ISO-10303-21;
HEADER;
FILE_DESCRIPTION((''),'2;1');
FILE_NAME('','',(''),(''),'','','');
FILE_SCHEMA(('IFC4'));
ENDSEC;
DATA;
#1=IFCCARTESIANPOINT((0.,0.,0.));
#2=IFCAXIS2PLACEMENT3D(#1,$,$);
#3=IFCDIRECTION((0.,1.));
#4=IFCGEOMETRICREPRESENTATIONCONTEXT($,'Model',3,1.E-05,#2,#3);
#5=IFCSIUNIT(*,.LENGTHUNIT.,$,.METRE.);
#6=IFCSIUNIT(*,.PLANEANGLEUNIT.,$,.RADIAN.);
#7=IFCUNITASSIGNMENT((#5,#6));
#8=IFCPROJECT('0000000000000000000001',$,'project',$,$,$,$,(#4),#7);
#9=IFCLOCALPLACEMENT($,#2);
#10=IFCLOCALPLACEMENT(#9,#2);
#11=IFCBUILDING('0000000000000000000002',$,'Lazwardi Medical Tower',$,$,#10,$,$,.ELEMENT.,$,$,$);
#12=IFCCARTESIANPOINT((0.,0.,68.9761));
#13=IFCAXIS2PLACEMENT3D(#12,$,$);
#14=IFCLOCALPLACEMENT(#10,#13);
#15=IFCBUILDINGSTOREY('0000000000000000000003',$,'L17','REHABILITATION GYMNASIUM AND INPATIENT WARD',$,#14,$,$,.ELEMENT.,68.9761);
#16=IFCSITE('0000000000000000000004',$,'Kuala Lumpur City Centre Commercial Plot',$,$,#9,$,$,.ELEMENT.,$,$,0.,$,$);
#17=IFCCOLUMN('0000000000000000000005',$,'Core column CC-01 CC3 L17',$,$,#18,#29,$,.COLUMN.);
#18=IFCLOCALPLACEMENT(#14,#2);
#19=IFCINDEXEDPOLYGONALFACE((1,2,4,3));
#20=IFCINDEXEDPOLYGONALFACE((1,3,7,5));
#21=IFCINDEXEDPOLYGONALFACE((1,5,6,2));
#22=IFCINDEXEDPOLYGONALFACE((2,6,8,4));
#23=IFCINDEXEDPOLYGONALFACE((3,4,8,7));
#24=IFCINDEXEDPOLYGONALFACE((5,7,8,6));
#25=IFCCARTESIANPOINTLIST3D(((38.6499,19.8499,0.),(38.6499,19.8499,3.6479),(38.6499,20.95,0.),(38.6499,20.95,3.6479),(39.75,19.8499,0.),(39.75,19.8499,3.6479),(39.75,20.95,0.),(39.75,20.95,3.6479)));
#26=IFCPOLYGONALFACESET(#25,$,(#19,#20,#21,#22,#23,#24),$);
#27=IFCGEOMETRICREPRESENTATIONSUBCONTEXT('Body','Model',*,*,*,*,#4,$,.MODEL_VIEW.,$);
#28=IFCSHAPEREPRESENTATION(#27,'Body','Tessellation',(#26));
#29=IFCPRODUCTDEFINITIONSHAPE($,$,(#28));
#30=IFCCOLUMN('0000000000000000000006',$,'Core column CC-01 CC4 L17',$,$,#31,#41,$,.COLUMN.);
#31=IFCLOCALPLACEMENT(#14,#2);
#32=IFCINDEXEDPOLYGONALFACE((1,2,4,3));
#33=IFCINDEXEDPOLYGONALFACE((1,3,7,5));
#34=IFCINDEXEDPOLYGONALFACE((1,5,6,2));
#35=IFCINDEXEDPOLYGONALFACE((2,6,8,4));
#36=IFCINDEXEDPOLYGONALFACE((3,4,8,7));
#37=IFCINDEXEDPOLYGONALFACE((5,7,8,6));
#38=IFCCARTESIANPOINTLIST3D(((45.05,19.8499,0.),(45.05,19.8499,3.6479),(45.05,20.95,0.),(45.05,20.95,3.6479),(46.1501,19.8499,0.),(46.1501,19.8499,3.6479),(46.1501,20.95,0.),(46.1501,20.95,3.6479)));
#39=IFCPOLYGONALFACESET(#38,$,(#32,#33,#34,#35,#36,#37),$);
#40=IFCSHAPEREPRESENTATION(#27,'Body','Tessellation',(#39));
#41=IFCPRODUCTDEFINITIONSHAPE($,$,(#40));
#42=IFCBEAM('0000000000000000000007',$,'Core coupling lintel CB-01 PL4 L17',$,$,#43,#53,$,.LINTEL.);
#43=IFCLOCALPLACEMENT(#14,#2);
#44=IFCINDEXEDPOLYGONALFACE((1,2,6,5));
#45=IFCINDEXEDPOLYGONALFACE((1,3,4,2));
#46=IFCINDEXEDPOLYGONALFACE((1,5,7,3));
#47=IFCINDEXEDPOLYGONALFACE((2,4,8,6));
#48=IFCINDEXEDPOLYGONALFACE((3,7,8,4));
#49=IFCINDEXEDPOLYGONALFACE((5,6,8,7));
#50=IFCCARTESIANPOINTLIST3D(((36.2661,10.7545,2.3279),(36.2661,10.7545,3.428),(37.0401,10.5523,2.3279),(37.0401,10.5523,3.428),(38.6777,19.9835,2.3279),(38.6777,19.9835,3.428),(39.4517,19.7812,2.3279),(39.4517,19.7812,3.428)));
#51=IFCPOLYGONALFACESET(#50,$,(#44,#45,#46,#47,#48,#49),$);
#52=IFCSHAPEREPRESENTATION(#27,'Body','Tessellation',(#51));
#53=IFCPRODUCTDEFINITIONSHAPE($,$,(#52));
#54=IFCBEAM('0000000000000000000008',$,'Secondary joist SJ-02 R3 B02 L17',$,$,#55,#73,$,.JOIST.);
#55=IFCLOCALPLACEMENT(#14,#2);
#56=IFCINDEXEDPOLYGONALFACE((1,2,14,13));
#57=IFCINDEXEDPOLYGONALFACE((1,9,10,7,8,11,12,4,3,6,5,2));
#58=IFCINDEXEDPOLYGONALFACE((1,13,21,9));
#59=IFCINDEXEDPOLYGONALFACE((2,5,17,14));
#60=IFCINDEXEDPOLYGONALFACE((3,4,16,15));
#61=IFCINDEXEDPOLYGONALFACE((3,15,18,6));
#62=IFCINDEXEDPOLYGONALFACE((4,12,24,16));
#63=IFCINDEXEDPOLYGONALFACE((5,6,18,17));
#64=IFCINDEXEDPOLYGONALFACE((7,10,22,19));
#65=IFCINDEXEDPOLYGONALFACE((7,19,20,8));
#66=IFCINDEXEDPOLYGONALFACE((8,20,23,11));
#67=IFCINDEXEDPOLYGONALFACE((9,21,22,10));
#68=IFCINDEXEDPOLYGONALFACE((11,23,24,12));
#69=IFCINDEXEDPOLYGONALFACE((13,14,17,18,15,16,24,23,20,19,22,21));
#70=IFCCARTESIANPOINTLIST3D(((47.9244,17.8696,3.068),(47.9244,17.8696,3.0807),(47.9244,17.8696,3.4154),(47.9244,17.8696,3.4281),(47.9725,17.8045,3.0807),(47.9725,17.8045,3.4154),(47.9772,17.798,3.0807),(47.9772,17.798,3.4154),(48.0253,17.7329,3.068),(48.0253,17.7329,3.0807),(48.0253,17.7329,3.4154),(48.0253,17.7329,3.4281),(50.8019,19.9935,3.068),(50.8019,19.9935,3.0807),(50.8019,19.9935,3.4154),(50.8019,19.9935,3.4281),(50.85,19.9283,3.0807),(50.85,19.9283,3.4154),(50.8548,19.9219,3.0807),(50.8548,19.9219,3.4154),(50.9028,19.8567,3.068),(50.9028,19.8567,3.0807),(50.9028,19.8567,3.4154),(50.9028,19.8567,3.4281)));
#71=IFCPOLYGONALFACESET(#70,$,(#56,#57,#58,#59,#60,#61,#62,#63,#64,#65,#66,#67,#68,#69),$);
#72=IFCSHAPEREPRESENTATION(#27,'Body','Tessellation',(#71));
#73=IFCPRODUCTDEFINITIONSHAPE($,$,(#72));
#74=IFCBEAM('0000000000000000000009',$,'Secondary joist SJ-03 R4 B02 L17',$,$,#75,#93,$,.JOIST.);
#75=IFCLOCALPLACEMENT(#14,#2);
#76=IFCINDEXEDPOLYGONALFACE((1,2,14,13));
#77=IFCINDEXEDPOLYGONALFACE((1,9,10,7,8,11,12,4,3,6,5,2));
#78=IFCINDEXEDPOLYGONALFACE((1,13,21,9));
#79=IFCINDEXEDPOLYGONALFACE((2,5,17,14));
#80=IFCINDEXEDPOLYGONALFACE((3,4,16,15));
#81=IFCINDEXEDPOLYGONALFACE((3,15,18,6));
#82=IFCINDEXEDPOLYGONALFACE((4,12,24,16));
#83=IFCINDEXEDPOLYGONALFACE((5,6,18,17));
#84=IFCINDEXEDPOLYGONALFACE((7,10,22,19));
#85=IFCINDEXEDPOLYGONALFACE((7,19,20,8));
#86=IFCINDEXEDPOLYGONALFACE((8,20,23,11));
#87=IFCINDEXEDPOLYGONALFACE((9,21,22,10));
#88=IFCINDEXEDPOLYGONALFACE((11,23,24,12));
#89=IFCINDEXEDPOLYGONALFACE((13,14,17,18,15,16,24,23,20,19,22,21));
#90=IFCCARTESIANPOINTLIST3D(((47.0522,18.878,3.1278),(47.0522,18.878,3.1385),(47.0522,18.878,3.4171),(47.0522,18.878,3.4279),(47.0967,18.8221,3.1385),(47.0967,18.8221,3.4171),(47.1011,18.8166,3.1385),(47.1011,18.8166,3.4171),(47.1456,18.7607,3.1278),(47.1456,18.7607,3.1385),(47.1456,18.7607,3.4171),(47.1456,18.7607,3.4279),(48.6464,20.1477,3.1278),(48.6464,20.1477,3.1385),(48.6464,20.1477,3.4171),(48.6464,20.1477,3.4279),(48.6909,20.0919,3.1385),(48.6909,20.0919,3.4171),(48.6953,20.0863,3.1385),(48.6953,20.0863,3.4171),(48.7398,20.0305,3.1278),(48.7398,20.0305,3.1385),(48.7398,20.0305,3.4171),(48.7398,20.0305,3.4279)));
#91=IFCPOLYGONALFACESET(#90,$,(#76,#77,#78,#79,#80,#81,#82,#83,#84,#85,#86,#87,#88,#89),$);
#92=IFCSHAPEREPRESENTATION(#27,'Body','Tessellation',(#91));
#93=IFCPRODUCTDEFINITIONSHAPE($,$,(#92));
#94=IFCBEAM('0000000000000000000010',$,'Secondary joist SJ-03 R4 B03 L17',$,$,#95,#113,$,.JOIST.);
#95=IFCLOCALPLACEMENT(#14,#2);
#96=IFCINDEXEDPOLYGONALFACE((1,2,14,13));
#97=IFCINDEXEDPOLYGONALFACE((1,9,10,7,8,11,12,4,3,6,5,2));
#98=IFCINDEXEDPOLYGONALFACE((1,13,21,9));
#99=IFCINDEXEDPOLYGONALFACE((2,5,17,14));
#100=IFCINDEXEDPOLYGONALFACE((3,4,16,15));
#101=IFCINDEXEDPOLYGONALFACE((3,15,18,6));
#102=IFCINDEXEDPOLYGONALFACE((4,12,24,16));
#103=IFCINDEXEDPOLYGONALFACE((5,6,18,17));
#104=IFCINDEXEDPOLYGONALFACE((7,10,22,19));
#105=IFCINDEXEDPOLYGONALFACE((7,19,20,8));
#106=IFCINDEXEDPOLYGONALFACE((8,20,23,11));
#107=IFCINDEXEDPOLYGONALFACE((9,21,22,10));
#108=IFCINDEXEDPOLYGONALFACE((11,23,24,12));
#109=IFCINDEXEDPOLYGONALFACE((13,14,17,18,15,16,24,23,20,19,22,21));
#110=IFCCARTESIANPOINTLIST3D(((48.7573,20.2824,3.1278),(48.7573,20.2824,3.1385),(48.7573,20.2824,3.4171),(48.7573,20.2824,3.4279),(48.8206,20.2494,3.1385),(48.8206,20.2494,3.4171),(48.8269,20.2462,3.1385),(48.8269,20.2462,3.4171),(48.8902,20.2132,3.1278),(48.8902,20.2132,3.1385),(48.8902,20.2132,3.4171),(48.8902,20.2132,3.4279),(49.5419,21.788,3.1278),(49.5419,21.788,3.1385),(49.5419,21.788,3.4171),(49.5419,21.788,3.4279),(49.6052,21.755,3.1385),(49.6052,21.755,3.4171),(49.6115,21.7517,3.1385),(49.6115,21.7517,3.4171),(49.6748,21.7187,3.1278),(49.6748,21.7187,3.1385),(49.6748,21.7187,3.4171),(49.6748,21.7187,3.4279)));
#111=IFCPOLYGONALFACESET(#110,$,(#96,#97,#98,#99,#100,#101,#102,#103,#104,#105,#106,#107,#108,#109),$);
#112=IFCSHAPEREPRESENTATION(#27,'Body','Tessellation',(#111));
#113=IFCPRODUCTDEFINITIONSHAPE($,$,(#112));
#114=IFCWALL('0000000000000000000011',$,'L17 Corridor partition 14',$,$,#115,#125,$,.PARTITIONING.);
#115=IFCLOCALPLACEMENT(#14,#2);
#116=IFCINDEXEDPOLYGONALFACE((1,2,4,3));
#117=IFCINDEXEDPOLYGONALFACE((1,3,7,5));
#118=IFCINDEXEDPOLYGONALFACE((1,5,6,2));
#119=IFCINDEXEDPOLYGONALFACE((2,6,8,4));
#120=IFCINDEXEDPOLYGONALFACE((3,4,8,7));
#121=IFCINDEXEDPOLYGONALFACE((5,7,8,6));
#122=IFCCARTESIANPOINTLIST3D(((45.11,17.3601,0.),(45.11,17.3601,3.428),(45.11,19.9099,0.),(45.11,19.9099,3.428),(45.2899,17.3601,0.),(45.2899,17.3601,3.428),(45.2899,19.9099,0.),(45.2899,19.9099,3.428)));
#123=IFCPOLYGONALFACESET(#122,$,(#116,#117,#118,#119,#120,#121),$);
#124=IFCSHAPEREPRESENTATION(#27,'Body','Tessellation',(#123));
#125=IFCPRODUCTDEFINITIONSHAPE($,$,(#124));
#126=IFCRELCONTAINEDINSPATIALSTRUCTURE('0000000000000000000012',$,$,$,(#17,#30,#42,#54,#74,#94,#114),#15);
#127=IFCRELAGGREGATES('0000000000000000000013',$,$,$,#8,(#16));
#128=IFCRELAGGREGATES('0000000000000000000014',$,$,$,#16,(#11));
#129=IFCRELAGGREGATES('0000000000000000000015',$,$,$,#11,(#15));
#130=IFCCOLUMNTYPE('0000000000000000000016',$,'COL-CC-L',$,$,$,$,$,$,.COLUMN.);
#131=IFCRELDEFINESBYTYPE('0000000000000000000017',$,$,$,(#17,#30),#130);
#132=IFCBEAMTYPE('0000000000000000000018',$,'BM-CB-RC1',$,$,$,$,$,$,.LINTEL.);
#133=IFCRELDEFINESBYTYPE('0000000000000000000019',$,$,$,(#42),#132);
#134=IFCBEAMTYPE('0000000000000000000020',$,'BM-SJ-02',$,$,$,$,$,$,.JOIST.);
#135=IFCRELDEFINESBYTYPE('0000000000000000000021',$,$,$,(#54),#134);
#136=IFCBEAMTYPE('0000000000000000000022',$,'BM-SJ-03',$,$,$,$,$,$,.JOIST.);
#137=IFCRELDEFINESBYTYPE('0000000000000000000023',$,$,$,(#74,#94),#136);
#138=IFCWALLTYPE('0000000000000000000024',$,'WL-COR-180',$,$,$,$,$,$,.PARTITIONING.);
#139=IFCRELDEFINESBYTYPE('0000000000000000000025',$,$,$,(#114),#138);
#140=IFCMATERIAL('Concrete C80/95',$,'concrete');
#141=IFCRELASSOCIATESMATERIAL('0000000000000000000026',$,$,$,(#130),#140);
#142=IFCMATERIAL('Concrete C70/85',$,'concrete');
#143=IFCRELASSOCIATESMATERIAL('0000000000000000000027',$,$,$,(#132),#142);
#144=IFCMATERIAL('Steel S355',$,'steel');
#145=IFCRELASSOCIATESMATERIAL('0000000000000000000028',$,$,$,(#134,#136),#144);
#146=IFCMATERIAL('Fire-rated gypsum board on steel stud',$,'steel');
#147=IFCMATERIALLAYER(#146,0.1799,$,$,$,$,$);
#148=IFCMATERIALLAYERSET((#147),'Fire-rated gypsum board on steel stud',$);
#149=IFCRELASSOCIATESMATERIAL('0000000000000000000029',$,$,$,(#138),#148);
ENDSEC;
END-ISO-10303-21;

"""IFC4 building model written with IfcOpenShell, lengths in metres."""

from ifc_helpers import new_model, si_unit, direction, frame, frame_2d, origin, origin_2d, place, context, subcontext, project, spatial, rectangle, i_section, extrude, material, layer, layer_set, material_profile, profile_set, type_object, element, save


model = new_model("IFC4")

# Units and contexts
model_context = context("Model", 3, precision=1e-05, world=origin(), true_north=direction((0.0, 1.0)))
body_context = subcontext(model_context, "Body", "Model", "MODEL_VIEW")
ifc_project = project(units=[si_unit("LENGTHUNIT", "METRE"), si_unit("PLANEANGLEUNIT", "RADIAN")], contexts=[model_context])

# Site, building, storey
site_placement = place(None, origin())
site = spatial("IfcSite", under=ifc_project, at=site_placement, Name="Kuala Lumpur City Centre Commercial Plot", CompositionType="ELEMENT", RefElevation=0.0)
building_placement = place(site_placement, origin())
building = spatial("IfcBuilding", under=site, at=building_placement, Name="Lazwardi Medical Tower", CompositionType="ELEMENT")
storey_placement = place(building_placement, frame((0.0, 0.0, 68.9761)))
storey = spatial("IfcBuildingStorey", under=building, at=storey_placement, Name="L17", Description="REHABILITATION GYMNASIUM AND INPATIENT WARD", CompositionType="ELEMENT", Elevation=68.9761)

# Columns
ifc_material_1 = material(Name="Concrete C80/95", Category="concrete")
ifc_material_profile_1 = material_profile(ifc_material_1, rectangle(XDim=1.1001, YDim=1.1001, at=origin_2d()), Name="RC 1100x1100")
ifc_profile_set_1 = profile_set([ifc_material_profile_1], Name="Concrete C80/95")
column_type = type_object("IfcColumnType", Name="COL-CC-L", PredefinedType="COLUMN", material=ifc_profile_set_1)
for number, where, z_axis, x_axis, name in (
    (1, (39.2, 20.3999, 0.0), (0.0, 0.0, 1.0), (1.0, 0.0, 0.0), "Core column CC-01 CC3 L17"),
    (2, (45.6001, 20.3999, 0.0), (0.0, 0.0, 1.0), (1.0, 0.0, 0.0), "Core column CC-01 CC4 L17"),
):
    element("IfcColumn", number, at=place(storey_placement, frame(where, z_axis=z_axis, x_axis=x_axis)), inside=storey, type_object=column_type, Name=name, PredefinedType="COLUMN", context=body_context, shape_type="SweptSolid", body=[
        extrude(rectangle(XDim=1.1001, YDim=1.1001, at=origin_2d()), origin(), (0.0, 0.0, 1.0), 3.6479),
    ])

# Beams
ifc_material_2 = material(Name="Concrete C70/85", Category="concrete")
ifc_material_profile_2 = material_profile(ifc_material_2, rectangle(XDim=0.8, YDim=1.1001, at=origin_2d()), Name="RC 800x1100")
ifc_profile_set_2 = profile_set([ifc_material_profile_2], Name="Concrete C70/85")
beam_type_1 = type_object("IfcBeamType", Name="BM-CB-RC1", PredefinedType="LINTEL", material=ifc_profile_set_2)
beam_1_placement = place(storey_placement, frame((39.0647, 19.8823, 2.8779), z_axis=(-0.25282, -0.967513, 0.0), x_axis=(0.967513, -0.25282, 0.0)))
element("IfcBeam", 3, at=beam_1_placement, inside=storey, type_object=beam_type_1, Name="Core coupling lintel CB-01 PL4 L17", PredefinedType="LINTEL", context=body_context, shape_type="SweptSolid", body=[
    extrude(rectangle(XDim=0.8, YDim=1.1001, at=origin_2d()), origin(), (0.0, 0.0, 1.0), 9.5388),
])
ifc_material_3 = material(Name="Steel S355", Category="steel")
ifc_material_profile_3 = material_profile(ifc_material_3, i_section(OverallWidth=0.1699, OverallDepth=0.3601, WebThickness=0.0081, FlangeThickness=0.0127, at=origin_2d()), Name="IPE 360")
ifc_profile_set_3 = profile_set([ifc_material_profile_3], Name="Steel S355")
beam_type_2 = type_object("IfcBeamType", Name="BM-SJ-02", PredefinedType="JOIST", material=ifc_profile_set_3)
beam_2_placement = place(storey_placement, frame((47.9749, 17.8013, 3.248), z_axis=(0.80458, 0.593844, 0.0), x_axis=(-0.593844, 0.80458, 0.0)))
element("IfcBeam", 4, at=beam_2_placement, inside=storey, type_object=beam_type_2, Name="Secondary joist SJ-02 R3 B02 L17", PredefinedType="JOIST", context=body_context, shape_type="SweptSolid", body=[
    extrude(i_section(OverallWidth=0.1699, OverallDepth=0.3601, WebThickness=0.0081, FlangeThickness=0.0127, at=origin_2d()), origin(), (0.0, 0.0, 1.0), 3.5764),
])
ifc_material_profile_4 = material_profile(ifc_material_3, i_section(OverallWidth=0.1499, OverallDepth=0.3, WebThickness=0.0071, FlangeThickness=0.0107, at=origin_2d()), Name="IPE 300")
ifc_profile_set_4 = profile_set([ifc_material_profile_4], Name="Steel S355")
beam_type_3 = type_object("IfcBeamType", Name="BM-SJ-03", PredefinedType="JOIST", material=ifc_profile_set_4)
beam_3_placement = place(storey_placement, frame((47.0989, 18.8193, 3.2778), z_axis=(0.782211, 0.623014, 0.0), x_axis=(-0.623014, 0.782211, 0.0)))
element("IfcBeam", 5, at=beam_3_placement, inside=storey, type_object=beam_type_3, Name="Secondary joist SJ-03 R4 B02 L17", PredefinedType="JOIST", context=body_context, shape_type="SweptSolid", body=[
    extrude(i_section(OverallWidth=0.1499, OverallDepth=0.3, WebThickness=0.0071, FlangeThickness=0.0107, at=origin_2d()), origin(), (0.0, 0.0, 1.0), 2.0381),
])
beam_4_placement = place(storey_placement, frame((48.8237, 20.2478, 3.2778), z_axis=(0.462163, 0.886795, 0.0), x_axis=(-0.886795, 0.462163, 0.0)))
element("IfcBeam", 6, at=beam_4_placement, inside=storey, type_object=beam_type_3, Name="Secondary joist SJ-03 R4 B03 L17", PredefinedType="JOIST", context=body_context, shape_type="SweptSolid", body=[
    extrude(i_section(OverallWidth=0.1499, OverallDepth=0.3, WebThickness=0.0071, FlangeThickness=0.0107, at=origin_2d()), origin(), (0.0, 0.0, 1.0), 1.6978),
])

# Wall
ifc_material_4 = material(Name="Fire-rated gypsum board on steel stud", Category="steel")
ifc_layer_1 = layer(ifc_material_4, 0.1799)
ifc_layer_set_1 = layer_set([ifc_layer_1], Name="Fire-rated gypsum board on steel stud")
wall_type_1 = type_object("IfcWallType", Name="WL-COR-180", PredefinedType="PARTITIONING", material=ifc_layer_set_1)
wall_1_placement = place(storey_placement, frame((45.2, 19.9099, 0.0), z_axis=(0.0, 0.0, 1.0), x_axis=(0.0, -1.0, 0.0)))
element("IfcWall", 7, at=wall_1_placement, inside=storey, type_object=wall_type_1, Name="L17 Corridor partition 14", PredefinedType="PARTITIONING", context=body_context, shape_type="SweptSolid", body=[
    extrude(rectangle(XDim=2.5498, YDim=0.1799, at=frame_2d((1.2749, 0.0))), origin(), (0.0, 0.0, 1.0), 3.428),
])

save(model, "model.ifc")
